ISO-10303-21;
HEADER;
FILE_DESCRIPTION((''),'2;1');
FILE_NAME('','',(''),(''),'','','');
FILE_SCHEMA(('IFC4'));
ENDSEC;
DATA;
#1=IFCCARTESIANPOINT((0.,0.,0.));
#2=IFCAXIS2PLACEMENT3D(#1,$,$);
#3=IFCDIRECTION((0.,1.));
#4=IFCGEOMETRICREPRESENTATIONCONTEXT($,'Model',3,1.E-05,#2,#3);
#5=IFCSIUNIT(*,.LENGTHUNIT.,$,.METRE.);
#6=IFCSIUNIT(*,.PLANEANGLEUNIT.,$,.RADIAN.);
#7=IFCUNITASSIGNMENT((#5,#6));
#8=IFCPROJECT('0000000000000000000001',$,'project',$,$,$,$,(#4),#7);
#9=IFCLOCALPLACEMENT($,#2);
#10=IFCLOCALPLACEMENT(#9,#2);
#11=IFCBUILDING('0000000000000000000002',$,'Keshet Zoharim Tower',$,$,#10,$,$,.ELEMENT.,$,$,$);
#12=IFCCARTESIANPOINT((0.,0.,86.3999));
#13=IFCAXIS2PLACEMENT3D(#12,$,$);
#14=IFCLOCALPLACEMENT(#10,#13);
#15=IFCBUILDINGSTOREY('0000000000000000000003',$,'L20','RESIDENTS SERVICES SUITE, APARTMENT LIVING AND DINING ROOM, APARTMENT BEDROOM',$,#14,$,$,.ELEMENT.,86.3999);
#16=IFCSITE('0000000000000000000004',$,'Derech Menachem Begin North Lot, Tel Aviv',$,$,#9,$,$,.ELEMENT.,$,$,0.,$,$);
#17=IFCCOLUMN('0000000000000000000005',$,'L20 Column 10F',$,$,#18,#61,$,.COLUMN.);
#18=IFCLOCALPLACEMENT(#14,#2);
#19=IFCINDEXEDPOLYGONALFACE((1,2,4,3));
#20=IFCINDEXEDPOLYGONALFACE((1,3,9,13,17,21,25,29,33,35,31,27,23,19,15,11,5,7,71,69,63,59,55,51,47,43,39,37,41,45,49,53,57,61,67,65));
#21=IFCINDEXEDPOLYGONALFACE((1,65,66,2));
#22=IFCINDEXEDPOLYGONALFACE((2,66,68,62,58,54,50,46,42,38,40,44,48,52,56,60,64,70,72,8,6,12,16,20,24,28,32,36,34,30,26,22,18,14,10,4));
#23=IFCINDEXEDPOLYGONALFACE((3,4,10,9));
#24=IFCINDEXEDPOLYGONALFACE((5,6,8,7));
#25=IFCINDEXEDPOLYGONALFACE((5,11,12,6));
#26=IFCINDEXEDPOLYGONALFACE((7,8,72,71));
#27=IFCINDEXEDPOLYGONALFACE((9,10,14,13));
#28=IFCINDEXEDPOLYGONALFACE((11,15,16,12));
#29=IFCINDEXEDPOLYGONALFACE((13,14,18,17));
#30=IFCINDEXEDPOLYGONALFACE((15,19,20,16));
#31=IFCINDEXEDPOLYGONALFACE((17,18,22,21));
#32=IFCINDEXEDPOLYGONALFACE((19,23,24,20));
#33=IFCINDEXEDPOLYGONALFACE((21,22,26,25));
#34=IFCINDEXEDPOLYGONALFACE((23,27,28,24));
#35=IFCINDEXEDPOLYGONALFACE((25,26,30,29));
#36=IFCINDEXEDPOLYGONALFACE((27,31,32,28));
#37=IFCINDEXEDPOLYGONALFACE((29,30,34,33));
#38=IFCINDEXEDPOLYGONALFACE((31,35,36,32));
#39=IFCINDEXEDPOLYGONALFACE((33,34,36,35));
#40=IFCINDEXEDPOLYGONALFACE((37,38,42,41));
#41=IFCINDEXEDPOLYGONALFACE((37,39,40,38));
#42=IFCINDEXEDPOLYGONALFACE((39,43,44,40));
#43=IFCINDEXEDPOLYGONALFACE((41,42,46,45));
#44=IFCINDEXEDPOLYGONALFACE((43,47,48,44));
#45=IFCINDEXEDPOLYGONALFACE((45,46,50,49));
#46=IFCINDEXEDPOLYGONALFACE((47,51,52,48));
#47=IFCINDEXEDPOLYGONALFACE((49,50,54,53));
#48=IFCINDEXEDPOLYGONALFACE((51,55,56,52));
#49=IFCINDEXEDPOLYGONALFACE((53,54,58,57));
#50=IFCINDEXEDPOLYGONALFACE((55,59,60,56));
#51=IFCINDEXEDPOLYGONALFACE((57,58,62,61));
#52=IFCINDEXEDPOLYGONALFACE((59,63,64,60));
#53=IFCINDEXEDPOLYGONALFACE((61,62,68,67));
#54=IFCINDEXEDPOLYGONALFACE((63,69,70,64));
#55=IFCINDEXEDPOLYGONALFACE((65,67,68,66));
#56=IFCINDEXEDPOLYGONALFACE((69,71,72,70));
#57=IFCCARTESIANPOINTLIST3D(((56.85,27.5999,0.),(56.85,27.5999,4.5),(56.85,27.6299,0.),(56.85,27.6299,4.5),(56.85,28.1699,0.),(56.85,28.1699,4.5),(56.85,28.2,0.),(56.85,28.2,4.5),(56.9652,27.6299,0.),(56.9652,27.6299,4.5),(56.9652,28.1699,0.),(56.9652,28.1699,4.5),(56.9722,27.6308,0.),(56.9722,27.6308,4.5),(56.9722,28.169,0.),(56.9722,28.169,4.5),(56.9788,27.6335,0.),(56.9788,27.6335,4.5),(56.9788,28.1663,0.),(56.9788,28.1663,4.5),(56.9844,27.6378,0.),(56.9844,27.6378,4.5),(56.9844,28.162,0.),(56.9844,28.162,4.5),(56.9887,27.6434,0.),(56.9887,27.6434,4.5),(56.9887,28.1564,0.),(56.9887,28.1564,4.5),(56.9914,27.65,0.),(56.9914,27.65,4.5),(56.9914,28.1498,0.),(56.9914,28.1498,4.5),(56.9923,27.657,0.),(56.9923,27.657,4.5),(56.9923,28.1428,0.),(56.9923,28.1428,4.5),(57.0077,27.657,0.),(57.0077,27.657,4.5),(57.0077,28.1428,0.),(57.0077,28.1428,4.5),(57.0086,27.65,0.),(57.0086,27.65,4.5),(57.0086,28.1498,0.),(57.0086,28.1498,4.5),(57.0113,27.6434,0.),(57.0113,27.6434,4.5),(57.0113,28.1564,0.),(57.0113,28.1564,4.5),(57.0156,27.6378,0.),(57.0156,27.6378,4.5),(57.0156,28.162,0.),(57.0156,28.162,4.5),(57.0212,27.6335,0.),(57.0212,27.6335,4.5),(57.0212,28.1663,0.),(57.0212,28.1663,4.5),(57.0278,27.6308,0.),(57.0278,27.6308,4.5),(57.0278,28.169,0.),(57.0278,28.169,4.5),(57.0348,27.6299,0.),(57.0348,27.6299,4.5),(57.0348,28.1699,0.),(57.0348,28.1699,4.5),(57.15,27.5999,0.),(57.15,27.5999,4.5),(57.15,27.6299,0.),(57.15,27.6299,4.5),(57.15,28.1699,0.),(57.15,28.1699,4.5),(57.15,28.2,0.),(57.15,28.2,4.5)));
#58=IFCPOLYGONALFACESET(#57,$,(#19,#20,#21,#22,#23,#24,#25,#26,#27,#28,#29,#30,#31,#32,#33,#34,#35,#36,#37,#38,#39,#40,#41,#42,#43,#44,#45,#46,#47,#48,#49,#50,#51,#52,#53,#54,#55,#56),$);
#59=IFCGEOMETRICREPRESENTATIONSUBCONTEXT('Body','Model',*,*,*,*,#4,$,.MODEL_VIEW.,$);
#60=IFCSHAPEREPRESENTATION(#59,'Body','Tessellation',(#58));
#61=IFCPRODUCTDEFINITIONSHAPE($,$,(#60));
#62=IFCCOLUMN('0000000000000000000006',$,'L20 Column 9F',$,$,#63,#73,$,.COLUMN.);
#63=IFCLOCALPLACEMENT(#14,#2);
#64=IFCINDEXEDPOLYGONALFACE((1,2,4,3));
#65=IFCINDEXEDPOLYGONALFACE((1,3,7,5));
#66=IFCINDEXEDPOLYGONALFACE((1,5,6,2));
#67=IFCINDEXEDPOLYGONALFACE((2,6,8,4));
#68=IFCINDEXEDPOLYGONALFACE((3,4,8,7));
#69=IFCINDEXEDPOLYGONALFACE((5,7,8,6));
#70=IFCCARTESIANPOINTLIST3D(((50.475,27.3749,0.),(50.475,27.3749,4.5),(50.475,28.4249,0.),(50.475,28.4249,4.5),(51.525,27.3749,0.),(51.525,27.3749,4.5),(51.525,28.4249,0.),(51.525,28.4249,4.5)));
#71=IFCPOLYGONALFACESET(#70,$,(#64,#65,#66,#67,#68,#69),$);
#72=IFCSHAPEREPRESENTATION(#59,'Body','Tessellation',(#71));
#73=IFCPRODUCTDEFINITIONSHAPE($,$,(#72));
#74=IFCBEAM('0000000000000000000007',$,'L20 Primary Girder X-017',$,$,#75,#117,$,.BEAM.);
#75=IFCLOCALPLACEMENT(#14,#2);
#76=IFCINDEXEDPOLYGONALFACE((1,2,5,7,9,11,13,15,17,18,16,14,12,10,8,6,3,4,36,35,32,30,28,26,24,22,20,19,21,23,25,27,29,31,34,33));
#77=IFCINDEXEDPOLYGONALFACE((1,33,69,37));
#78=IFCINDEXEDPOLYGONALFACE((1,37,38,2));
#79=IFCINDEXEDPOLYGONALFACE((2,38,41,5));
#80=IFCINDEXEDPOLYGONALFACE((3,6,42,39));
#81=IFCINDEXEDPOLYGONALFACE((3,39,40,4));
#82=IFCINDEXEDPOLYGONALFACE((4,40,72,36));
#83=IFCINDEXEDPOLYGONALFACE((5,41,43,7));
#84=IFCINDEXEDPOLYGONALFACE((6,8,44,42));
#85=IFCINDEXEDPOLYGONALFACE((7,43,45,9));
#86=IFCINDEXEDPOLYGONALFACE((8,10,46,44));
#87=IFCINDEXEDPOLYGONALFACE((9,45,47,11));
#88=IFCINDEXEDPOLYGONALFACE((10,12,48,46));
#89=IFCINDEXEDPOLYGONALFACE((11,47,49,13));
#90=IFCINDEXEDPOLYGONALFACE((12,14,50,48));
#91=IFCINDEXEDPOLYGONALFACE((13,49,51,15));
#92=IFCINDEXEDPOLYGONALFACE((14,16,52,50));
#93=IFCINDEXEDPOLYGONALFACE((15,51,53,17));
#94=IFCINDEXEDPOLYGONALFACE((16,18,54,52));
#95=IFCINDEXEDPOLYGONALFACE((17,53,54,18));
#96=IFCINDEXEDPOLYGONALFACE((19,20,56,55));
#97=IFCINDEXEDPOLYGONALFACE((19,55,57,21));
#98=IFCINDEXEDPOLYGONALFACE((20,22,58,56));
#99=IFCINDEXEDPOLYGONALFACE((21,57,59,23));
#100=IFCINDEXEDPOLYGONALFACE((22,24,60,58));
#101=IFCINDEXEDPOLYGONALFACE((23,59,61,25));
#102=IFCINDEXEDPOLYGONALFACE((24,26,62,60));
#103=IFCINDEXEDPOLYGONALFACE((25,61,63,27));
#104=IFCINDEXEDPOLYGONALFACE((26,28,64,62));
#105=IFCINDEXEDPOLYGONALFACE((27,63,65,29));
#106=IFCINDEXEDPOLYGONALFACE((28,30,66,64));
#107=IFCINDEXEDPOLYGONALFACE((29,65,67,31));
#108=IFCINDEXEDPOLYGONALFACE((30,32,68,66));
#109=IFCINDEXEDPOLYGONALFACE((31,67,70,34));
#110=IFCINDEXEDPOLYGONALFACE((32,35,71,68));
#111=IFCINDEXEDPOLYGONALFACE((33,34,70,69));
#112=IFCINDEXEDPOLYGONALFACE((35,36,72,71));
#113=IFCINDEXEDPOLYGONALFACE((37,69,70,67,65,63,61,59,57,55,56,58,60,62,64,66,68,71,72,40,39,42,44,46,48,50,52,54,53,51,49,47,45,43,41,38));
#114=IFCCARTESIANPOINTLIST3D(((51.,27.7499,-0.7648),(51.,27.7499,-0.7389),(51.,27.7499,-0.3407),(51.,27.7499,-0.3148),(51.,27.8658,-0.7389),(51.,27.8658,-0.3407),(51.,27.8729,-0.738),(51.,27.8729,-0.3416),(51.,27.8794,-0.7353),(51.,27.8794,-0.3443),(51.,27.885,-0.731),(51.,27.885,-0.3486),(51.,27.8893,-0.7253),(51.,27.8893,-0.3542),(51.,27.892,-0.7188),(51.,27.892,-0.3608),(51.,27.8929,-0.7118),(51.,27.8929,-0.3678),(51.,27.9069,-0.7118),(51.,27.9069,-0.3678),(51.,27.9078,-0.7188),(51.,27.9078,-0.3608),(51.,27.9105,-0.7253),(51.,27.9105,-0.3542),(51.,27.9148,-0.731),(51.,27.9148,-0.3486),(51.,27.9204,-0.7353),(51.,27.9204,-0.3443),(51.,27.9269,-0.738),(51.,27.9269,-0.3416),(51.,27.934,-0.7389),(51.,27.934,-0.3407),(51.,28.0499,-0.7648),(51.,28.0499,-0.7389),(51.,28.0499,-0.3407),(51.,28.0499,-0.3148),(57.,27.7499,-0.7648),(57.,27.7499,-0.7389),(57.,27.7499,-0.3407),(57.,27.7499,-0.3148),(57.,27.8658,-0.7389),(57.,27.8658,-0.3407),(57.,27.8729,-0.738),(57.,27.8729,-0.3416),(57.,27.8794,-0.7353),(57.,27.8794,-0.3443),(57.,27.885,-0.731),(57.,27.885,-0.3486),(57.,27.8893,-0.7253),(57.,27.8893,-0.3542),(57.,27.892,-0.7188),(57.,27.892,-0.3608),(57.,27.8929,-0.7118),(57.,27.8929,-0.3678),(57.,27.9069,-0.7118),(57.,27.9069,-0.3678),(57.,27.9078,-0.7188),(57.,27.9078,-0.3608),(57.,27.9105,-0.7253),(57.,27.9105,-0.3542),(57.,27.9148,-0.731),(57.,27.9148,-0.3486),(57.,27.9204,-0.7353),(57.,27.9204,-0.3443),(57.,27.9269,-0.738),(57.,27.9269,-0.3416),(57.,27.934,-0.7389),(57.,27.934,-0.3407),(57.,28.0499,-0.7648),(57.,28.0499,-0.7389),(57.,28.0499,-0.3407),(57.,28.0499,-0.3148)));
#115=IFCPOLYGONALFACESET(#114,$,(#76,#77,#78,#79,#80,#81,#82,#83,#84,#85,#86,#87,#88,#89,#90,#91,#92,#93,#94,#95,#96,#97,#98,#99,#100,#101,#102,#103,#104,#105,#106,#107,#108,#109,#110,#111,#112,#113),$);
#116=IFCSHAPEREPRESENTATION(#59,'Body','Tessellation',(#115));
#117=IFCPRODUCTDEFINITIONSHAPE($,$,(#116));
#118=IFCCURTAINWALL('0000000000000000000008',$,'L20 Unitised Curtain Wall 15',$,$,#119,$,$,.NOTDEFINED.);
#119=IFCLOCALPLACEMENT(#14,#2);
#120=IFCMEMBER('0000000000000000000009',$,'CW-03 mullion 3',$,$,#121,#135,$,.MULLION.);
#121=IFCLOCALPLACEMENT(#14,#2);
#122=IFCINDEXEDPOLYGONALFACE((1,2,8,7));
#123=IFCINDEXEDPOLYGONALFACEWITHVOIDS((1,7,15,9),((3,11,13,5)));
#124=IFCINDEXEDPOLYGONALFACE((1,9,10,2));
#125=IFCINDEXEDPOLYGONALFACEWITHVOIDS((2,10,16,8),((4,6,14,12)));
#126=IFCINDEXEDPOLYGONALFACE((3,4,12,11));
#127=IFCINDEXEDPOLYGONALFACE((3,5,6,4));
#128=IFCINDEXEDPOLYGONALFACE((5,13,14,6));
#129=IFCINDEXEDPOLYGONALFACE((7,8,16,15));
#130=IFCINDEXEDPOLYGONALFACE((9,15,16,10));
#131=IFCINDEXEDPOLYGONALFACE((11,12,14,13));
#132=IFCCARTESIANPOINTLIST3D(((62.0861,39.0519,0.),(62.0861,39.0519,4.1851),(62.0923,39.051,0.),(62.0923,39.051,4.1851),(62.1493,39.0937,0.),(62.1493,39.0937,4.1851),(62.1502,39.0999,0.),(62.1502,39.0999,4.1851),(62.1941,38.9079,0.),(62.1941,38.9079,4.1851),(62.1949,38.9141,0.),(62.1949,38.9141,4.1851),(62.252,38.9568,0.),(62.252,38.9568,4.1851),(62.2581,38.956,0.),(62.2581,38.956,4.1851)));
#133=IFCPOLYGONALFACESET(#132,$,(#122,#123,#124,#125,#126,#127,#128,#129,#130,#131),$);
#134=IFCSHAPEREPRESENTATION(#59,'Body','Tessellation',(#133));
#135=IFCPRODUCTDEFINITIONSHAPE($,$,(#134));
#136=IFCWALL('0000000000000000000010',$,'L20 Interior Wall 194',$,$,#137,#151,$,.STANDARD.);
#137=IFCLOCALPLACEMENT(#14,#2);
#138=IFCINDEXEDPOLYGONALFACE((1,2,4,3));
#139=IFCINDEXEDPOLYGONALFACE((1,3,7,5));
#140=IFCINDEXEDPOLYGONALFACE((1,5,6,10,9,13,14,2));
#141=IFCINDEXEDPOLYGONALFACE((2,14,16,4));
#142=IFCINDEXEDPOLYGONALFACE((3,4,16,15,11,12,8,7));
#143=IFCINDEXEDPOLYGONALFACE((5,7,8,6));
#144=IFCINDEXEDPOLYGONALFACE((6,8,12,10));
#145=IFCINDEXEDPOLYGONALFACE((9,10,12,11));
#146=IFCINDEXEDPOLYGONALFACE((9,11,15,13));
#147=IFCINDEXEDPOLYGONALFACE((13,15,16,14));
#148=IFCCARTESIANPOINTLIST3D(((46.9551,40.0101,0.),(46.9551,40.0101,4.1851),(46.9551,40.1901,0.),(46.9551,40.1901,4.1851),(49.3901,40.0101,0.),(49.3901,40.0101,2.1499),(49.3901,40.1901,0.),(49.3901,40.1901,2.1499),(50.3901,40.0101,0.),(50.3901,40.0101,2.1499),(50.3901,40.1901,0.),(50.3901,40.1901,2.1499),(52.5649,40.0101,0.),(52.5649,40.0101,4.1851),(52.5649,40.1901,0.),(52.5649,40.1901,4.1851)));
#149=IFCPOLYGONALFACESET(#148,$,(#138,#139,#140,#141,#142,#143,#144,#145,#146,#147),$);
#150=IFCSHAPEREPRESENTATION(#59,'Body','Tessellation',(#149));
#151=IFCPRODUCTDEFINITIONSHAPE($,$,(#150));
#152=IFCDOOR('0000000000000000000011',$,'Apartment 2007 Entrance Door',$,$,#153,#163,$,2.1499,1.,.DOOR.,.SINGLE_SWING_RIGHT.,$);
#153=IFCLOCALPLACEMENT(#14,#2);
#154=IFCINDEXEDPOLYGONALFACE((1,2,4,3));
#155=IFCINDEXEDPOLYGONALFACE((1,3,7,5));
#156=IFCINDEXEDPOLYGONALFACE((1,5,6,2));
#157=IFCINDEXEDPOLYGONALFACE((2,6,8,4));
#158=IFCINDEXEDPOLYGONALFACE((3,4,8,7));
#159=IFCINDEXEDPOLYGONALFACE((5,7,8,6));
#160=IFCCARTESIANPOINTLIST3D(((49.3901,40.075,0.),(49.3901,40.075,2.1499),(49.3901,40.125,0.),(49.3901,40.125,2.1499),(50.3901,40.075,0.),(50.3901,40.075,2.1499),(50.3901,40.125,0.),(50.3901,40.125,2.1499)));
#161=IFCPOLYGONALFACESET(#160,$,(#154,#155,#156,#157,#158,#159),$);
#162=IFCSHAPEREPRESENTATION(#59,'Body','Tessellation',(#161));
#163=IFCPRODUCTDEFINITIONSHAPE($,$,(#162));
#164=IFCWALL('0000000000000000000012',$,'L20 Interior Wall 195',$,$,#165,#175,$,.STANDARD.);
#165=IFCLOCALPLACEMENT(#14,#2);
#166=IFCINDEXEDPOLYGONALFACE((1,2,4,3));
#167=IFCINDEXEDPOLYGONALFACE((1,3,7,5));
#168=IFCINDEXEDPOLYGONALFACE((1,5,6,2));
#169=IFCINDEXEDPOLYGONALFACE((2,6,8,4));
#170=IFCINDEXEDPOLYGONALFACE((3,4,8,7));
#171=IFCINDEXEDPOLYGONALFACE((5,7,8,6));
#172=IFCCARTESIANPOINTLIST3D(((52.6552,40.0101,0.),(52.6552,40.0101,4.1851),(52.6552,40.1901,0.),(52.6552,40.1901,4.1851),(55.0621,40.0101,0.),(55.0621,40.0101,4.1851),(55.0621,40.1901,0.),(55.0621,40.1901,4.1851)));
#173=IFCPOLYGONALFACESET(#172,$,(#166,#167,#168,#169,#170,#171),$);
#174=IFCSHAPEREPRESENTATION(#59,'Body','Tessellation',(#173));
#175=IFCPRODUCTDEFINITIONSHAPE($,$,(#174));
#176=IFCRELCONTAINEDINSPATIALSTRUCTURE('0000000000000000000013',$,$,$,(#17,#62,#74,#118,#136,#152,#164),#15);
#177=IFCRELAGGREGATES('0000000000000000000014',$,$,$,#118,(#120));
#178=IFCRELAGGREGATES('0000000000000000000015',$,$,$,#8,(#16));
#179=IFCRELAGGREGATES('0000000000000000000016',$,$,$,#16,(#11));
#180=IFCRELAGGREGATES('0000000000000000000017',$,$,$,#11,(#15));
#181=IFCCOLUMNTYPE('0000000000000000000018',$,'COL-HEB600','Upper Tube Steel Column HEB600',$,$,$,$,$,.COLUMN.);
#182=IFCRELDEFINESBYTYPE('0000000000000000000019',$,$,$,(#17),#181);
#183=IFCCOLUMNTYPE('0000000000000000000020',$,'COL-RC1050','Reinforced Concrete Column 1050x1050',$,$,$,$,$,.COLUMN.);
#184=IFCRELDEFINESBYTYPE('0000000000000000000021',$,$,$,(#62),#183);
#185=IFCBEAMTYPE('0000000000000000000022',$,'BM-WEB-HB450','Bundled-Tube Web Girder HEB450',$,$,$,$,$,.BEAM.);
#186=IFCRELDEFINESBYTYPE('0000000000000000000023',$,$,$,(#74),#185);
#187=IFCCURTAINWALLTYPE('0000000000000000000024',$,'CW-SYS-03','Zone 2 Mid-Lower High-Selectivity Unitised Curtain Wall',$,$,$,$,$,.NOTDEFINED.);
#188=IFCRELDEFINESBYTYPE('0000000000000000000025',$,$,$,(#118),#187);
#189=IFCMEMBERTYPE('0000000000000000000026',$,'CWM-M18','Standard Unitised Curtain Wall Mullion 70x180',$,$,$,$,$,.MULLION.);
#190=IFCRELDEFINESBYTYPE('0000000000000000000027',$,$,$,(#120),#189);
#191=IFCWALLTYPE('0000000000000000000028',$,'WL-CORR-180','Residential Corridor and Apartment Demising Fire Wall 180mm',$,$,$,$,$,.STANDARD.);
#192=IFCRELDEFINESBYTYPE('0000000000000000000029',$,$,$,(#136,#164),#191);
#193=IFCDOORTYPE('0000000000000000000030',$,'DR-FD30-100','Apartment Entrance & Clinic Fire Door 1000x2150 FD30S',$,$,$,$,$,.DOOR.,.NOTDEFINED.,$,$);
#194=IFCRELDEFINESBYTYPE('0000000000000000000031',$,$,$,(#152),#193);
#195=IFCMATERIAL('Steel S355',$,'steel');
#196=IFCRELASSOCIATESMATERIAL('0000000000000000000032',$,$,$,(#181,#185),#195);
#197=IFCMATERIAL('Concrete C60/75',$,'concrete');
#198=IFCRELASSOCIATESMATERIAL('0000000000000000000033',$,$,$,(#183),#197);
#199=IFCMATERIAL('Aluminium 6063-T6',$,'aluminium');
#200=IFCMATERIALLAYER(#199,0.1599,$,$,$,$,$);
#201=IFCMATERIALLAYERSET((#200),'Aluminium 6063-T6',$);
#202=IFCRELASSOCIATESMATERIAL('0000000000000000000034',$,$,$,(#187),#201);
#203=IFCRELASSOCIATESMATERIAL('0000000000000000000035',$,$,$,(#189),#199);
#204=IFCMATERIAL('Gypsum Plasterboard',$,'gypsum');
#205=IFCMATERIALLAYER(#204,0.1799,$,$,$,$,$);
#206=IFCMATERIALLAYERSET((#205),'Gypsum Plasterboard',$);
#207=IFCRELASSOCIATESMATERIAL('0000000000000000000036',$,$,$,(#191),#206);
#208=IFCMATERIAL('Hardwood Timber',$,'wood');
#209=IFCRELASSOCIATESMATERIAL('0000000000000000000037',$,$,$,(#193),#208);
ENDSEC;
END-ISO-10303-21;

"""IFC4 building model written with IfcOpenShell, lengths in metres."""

from ifc_helpers import new_model, si_unit, direction, frame, frame_2d, origin, origin_2d, place, context, subcontext, project, spatial, rectangle, hollow_rectangle, i_section, extrude, material, layer, layer_set, material_profile, profile_set, type_object, element, fill, aggregate, save


model = new_model("IFC4")

# Units and contexts
model_context = context("Model", 3, precision=1e-05, world=origin(), true_north=direction((0.0, 1.0)))
body_context = subcontext(model_context, "Body", "Model", "MODEL_VIEW")
ifc_project = project(units=[si_unit("LENGTHUNIT", "METRE"), si_unit("PLANEANGLEUNIT", "RADIAN")], contexts=[model_context])

# Site, building, storey
site_placement = place(None, origin())
site = spatial("IfcSite", under=ifc_project, at=site_placement, Name="Derech Menachem Begin North Lot, Tel Aviv", CompositionType="ELEMENT", RefElevation=0.0)
building_placement = place(site_placement, origin())
building = spatial("IfcBuilding", under=site, at=building_placement, Name="Keshet Zoharim Tower", CompositionType="ELEMENT")
storey_placement = place(building_placement, frame((0.0, 0.0, 86.3999)))
storey = spatial("IfcBuildingStorey", under=building, at=storey_placement, Name="L20", Description="RESIDENTS SERVICES SUITE, APARTMENT LIVING AND DINING ROOM, APARTMENT BEDROOM", CompositionType="ELEMENT", Elevation=86.3999)

# Columns
ifc_material_1 = material(Name="Steel S355", Category="steel")
ifc_material_profile_1 = material_profile(ifc_material_1, i_section(OverallWidth=0.3, OverallDepth=0.6001, WebThickness=0.0154, FlangeThickness=0.03, FilletRadius=0.0271, at=origin_2d()), Name="HEB600")
ifc_profile_set_1 = profile_set([ifc_material_profile_1], Name="Steel S355")
column_type_1 = type_object("IfcColumnType", Name="COL-HEB600", Description="Upper Tube Steel Column HEB600", PredefinedType="COLUMN", material=ifc_profile_set_1)
column_1_placement = place(storey_placement, frame((57.0, 27.8999, 0.0), z_axis=(0.0, 0.0, 1.0), x_axis=(1.0, 0.0, 0.0)))
element("IfcColumn", 1, at=column_1_placement, inside=storey, type_object=column_type_1, Name="L20 Column 10F", PredefinedType="COLUMN", context=body_context, shape_type="SweptSolid", body=[
    extrude(i_section(OverallWidth=0.3, OverallDepth=0.6001, WebThickness=0.0154, FlangeThickness=0.03, FilletRadius=0.0271, at=origin_2d()), origin(), (0.0, 0.0, 1.0), 4.5),
])
ifc_material_2 = material(Name="Concrete C60/75", Category="concrete")
ifc_material_profile_2 = material_profile(ifc_material_2, rectangle(XDim=1.05, YDim=1.05, at=origin_2d()), Name="RC1050x1050")
ifc_profile_set_2 = profile_set([ifc_material_profile_2], Name="Concrete C60/75")
column_type_2 = type_object("IfcColumnType", Name="COL-RC1050", Description="Reinforced Concrete Column 1050x1050", PredefinedType="COLUMN", material=ifc_profile_set_2)
column_2_placement = place(storey_placement, frame((51.0, 27.8999, 0.0), z_axis=(0.0, 0.0, 1.0), x_axis=(1.0, 0.0, 0.0)))
element("IfcColumn", 2, at=column_2_placement, inside=storey, type_object=column_type_2, Name="L20 Column 9F", PredefinedType="COLUMN", context=body_context, shape_type="SweptSolid", body=[
    extrude(rectangle(XDim=1.05, YDim=1.05, at=origin_2d()), origin(), (0.0, 0.0, 1.0), 4.5),
])

# Beam
ifc_material_profile_3 = material_profile(ifc_material_1, i_section(OverallWidth=0.3, OverallDepth=0.45, WebThickness=0.0139, FlangeThickness=0.0259, FilletRadius=0.0271, at=origin_2d()), Name="HEB450")
ifc_profile_set_3 = profile_set([ifc_material_profile_3], Name="Steel S355")
beam_type = type_object("IfcBeamType", Name="BM-WEB-HB450", Description="Bundled-Tube Web Girder HEB450", PredefinedType="BEAM", material=ifc_profile_set_3)
beam_placement = place(storey_placement, frame((51.0, 27.8999, -0.5398), z_axis=(1.0, 0.0, 0.0), x_axis=(0.0, 1.0, 0.0)))
element("IfcBeam", 3, at=beam_placement, inside=storey, type_object=beam_type, Name="L20 Primary Girder X-017", PredefinedType="BEAM", context=body_context, shape_type="SweptSolid", body=[
    extrude(i_section(OverallWidth=0.3, OverallDepth=0.45, WebThickness=0.0139, FlangeThickness=0.0259, FilletRadius=0.0271, at=origin_2d()), origin(), (0.0, 0.0, 1.0), 6.0),
])

# Curtain wall, member
ifc_material_3 = material(Name="Aluminium 6063-T6", Category="aluminium")
ifc_layer_1 = layer(ifc_material_3, 0.1599)
ifc_layer_set_1 = layer_set([ifc_layer_1], Name="Aluminium 6063-T6")
curtain_wall_type = type_object("IfcCurtainWallType", Name="CW-SYS-03", Description="Zone 2 Mid-Lower High-Selectivity Unitised Curtain Wall", PredefinedType="NOTDEFINED", material=ifc_layer_set_1)
curtain_wall_placement = place(storey_placement, origin())
curtain_wall = element("IfcCurtainWall", 4, at=curtain_wall_placement, inside=storey, type_object=curtain_wall_type, Name="L20 Unitised Curtain Wall 15", PredefinedType="NOTDEFINED")
ifc_material_profile_4 = material_profile(ifc_material_3, hollow_rectangle(XDim=0.0801, YDim=0.1799, WallThickness=0.0044, at=origin_2d()), Name="MUL-80x180")
ifc_profile_set_4 = profile_set([ifc_material_profile_4], Name="Aluminium 6063-T6")
member_type = type_object("IfcMemberType", Name="CWM-M18", Description="Standard Unitised Curtain Wall Mullion 70x180", PredefinedType="MULLION", material=ifc_profile_set_4)
member_placement = place(storey_placement, frame((62.1721, 39.0039, 0.0), z_axis=(0.0, 0.0, 1.0), x_axis=(0.8, 0.6, 0.0)))
member = element("IfcMember", 5, at=member_placement, type_object=member_type, Name="CW-03 mullion 3", PredefinedType="MULLION", context=body_context, shape_type="SweptSolid", body=[
    extrude(hollow_rectangle(XDim=0.0801, YDim=0.1799, WallThickness=0.0044, at=origin_2d()), origin(), (0.0, 0.0, 1.0), 4.1851),
])
aggregate(curtain_wall, [member])

# Wall, opening, door
ifc_material_4 = material(Name="Gypsum Plasterboard", Category="gypsum")
ifc_layer_2 = layer(ifc_material_4, 0.1799)
ifc_layer_set_2 = layer_set([ifc_layer_2], Name="Gypsum Plasterboard")
wall_type_1 = type_object("IfcWallType", Name="WL-CORR-180", Description="Residential Corridor and Apartment Demising Fire Wall 180mm", PredefinedType="STANDARD", material=ifc_layer_set_2)
wall_1_placement = place(storey_placement, frame((46.9551, 40.1001, 0.0), z_axis=(0.0, 0.0, 1.0), x_axis=(1.0, 0.0, 0.0)))
wall_1 = element("IfcWall", 6, at=wall_1_placement, inside=storey, type_object=wall_type_1, Name="L20 Interior Wall 194", PredefinedType="STANDARD", context=body_context, shape_type="SweptSolid", body=[
    extrude(rectangle(XDim=5.6099, YDim=0.1799, at=frame_2d((2.8049, 0.0))), origin(), (0.0, 0.0, 1.0), 4.1851),
])
opening_1_placement = place(wall_1_placement, frame((2.4351, 0.0, 0.0)))
opening_1 = element("IfcOpeningElement", 7, at=opening_1_placement, cuts=wall_1, PredefinedType="OPENING", context=body_context, shape_type="SweptSolid", body=[
    extrude(rectangle(XDim=1.0, YDim=2.1499, at=frame_2d((0.5, 1.075))), frame((0.0, 0.1001, 0.0), z_axis=(0.0, -1.0, 0.0), x_axis=(1.0, 0.0, 0.0)), (0.0, 0.0, 1.0), 0.2),
])
ifc_material_5 = material(Name="Hardwood Timber", Category="wood")
door_type = type_object("IfcDoorType", Name="DR-FD30-100", Description="Apartment Entrance & Clinic Fire Door 1000x2150 FD30S", OperationType="NOTDEFINED", PredefinedType="DOOR", material=ifc_material_5)
door_placement = place(opening_1_placement, origin())
door = element("IfcDoor", 8, at=door_placement, inside=storey, type_object=door_type, Name="Apartment 2007 Entrance Door", OperationType="SINGLE_SWING_RIGHT", OverallHeight=2.1499, OverallWidth=1.0, PredefinedType="DOOR", context=body_context, shape_type="SweptSolid", body=[
    extrude(rectangle(XDim=1.0, YDim=2.1499, at=frame_2d((0.5, 1.075))), frame((0.0, 0.0249, 0.0), z_axis=(0.0, -1.0, 0.0), x_axis=(1.0, 0.0, 0.0)), (0.0, 0.0, 1.0), 0.05),
])
fill(opening_1, door)

# Wall
wall_2_placement = place(storey_placement, frame((52.655, 40.1001, 0.0), z_axis=(0.0, 0.0, 1.0), x_axis=(1.0, 0.0, 0.0)))
element("IfcWall", 9, at=wall_2_placement, inside=storey, type_object=wall_type_1, Name="L20 Interior Wall 195", PredefinedType="STANDARD", context=body_context, shape_type="SweptSolid", body=[
    extrude(rectangle(XDim=2.407, YDim=0.1799, at=frame_2d((1.2036, 0.0))), origin(), (0.0, 0.0, 1.0), 4.1851),
])

save(model, "model.ifc")
